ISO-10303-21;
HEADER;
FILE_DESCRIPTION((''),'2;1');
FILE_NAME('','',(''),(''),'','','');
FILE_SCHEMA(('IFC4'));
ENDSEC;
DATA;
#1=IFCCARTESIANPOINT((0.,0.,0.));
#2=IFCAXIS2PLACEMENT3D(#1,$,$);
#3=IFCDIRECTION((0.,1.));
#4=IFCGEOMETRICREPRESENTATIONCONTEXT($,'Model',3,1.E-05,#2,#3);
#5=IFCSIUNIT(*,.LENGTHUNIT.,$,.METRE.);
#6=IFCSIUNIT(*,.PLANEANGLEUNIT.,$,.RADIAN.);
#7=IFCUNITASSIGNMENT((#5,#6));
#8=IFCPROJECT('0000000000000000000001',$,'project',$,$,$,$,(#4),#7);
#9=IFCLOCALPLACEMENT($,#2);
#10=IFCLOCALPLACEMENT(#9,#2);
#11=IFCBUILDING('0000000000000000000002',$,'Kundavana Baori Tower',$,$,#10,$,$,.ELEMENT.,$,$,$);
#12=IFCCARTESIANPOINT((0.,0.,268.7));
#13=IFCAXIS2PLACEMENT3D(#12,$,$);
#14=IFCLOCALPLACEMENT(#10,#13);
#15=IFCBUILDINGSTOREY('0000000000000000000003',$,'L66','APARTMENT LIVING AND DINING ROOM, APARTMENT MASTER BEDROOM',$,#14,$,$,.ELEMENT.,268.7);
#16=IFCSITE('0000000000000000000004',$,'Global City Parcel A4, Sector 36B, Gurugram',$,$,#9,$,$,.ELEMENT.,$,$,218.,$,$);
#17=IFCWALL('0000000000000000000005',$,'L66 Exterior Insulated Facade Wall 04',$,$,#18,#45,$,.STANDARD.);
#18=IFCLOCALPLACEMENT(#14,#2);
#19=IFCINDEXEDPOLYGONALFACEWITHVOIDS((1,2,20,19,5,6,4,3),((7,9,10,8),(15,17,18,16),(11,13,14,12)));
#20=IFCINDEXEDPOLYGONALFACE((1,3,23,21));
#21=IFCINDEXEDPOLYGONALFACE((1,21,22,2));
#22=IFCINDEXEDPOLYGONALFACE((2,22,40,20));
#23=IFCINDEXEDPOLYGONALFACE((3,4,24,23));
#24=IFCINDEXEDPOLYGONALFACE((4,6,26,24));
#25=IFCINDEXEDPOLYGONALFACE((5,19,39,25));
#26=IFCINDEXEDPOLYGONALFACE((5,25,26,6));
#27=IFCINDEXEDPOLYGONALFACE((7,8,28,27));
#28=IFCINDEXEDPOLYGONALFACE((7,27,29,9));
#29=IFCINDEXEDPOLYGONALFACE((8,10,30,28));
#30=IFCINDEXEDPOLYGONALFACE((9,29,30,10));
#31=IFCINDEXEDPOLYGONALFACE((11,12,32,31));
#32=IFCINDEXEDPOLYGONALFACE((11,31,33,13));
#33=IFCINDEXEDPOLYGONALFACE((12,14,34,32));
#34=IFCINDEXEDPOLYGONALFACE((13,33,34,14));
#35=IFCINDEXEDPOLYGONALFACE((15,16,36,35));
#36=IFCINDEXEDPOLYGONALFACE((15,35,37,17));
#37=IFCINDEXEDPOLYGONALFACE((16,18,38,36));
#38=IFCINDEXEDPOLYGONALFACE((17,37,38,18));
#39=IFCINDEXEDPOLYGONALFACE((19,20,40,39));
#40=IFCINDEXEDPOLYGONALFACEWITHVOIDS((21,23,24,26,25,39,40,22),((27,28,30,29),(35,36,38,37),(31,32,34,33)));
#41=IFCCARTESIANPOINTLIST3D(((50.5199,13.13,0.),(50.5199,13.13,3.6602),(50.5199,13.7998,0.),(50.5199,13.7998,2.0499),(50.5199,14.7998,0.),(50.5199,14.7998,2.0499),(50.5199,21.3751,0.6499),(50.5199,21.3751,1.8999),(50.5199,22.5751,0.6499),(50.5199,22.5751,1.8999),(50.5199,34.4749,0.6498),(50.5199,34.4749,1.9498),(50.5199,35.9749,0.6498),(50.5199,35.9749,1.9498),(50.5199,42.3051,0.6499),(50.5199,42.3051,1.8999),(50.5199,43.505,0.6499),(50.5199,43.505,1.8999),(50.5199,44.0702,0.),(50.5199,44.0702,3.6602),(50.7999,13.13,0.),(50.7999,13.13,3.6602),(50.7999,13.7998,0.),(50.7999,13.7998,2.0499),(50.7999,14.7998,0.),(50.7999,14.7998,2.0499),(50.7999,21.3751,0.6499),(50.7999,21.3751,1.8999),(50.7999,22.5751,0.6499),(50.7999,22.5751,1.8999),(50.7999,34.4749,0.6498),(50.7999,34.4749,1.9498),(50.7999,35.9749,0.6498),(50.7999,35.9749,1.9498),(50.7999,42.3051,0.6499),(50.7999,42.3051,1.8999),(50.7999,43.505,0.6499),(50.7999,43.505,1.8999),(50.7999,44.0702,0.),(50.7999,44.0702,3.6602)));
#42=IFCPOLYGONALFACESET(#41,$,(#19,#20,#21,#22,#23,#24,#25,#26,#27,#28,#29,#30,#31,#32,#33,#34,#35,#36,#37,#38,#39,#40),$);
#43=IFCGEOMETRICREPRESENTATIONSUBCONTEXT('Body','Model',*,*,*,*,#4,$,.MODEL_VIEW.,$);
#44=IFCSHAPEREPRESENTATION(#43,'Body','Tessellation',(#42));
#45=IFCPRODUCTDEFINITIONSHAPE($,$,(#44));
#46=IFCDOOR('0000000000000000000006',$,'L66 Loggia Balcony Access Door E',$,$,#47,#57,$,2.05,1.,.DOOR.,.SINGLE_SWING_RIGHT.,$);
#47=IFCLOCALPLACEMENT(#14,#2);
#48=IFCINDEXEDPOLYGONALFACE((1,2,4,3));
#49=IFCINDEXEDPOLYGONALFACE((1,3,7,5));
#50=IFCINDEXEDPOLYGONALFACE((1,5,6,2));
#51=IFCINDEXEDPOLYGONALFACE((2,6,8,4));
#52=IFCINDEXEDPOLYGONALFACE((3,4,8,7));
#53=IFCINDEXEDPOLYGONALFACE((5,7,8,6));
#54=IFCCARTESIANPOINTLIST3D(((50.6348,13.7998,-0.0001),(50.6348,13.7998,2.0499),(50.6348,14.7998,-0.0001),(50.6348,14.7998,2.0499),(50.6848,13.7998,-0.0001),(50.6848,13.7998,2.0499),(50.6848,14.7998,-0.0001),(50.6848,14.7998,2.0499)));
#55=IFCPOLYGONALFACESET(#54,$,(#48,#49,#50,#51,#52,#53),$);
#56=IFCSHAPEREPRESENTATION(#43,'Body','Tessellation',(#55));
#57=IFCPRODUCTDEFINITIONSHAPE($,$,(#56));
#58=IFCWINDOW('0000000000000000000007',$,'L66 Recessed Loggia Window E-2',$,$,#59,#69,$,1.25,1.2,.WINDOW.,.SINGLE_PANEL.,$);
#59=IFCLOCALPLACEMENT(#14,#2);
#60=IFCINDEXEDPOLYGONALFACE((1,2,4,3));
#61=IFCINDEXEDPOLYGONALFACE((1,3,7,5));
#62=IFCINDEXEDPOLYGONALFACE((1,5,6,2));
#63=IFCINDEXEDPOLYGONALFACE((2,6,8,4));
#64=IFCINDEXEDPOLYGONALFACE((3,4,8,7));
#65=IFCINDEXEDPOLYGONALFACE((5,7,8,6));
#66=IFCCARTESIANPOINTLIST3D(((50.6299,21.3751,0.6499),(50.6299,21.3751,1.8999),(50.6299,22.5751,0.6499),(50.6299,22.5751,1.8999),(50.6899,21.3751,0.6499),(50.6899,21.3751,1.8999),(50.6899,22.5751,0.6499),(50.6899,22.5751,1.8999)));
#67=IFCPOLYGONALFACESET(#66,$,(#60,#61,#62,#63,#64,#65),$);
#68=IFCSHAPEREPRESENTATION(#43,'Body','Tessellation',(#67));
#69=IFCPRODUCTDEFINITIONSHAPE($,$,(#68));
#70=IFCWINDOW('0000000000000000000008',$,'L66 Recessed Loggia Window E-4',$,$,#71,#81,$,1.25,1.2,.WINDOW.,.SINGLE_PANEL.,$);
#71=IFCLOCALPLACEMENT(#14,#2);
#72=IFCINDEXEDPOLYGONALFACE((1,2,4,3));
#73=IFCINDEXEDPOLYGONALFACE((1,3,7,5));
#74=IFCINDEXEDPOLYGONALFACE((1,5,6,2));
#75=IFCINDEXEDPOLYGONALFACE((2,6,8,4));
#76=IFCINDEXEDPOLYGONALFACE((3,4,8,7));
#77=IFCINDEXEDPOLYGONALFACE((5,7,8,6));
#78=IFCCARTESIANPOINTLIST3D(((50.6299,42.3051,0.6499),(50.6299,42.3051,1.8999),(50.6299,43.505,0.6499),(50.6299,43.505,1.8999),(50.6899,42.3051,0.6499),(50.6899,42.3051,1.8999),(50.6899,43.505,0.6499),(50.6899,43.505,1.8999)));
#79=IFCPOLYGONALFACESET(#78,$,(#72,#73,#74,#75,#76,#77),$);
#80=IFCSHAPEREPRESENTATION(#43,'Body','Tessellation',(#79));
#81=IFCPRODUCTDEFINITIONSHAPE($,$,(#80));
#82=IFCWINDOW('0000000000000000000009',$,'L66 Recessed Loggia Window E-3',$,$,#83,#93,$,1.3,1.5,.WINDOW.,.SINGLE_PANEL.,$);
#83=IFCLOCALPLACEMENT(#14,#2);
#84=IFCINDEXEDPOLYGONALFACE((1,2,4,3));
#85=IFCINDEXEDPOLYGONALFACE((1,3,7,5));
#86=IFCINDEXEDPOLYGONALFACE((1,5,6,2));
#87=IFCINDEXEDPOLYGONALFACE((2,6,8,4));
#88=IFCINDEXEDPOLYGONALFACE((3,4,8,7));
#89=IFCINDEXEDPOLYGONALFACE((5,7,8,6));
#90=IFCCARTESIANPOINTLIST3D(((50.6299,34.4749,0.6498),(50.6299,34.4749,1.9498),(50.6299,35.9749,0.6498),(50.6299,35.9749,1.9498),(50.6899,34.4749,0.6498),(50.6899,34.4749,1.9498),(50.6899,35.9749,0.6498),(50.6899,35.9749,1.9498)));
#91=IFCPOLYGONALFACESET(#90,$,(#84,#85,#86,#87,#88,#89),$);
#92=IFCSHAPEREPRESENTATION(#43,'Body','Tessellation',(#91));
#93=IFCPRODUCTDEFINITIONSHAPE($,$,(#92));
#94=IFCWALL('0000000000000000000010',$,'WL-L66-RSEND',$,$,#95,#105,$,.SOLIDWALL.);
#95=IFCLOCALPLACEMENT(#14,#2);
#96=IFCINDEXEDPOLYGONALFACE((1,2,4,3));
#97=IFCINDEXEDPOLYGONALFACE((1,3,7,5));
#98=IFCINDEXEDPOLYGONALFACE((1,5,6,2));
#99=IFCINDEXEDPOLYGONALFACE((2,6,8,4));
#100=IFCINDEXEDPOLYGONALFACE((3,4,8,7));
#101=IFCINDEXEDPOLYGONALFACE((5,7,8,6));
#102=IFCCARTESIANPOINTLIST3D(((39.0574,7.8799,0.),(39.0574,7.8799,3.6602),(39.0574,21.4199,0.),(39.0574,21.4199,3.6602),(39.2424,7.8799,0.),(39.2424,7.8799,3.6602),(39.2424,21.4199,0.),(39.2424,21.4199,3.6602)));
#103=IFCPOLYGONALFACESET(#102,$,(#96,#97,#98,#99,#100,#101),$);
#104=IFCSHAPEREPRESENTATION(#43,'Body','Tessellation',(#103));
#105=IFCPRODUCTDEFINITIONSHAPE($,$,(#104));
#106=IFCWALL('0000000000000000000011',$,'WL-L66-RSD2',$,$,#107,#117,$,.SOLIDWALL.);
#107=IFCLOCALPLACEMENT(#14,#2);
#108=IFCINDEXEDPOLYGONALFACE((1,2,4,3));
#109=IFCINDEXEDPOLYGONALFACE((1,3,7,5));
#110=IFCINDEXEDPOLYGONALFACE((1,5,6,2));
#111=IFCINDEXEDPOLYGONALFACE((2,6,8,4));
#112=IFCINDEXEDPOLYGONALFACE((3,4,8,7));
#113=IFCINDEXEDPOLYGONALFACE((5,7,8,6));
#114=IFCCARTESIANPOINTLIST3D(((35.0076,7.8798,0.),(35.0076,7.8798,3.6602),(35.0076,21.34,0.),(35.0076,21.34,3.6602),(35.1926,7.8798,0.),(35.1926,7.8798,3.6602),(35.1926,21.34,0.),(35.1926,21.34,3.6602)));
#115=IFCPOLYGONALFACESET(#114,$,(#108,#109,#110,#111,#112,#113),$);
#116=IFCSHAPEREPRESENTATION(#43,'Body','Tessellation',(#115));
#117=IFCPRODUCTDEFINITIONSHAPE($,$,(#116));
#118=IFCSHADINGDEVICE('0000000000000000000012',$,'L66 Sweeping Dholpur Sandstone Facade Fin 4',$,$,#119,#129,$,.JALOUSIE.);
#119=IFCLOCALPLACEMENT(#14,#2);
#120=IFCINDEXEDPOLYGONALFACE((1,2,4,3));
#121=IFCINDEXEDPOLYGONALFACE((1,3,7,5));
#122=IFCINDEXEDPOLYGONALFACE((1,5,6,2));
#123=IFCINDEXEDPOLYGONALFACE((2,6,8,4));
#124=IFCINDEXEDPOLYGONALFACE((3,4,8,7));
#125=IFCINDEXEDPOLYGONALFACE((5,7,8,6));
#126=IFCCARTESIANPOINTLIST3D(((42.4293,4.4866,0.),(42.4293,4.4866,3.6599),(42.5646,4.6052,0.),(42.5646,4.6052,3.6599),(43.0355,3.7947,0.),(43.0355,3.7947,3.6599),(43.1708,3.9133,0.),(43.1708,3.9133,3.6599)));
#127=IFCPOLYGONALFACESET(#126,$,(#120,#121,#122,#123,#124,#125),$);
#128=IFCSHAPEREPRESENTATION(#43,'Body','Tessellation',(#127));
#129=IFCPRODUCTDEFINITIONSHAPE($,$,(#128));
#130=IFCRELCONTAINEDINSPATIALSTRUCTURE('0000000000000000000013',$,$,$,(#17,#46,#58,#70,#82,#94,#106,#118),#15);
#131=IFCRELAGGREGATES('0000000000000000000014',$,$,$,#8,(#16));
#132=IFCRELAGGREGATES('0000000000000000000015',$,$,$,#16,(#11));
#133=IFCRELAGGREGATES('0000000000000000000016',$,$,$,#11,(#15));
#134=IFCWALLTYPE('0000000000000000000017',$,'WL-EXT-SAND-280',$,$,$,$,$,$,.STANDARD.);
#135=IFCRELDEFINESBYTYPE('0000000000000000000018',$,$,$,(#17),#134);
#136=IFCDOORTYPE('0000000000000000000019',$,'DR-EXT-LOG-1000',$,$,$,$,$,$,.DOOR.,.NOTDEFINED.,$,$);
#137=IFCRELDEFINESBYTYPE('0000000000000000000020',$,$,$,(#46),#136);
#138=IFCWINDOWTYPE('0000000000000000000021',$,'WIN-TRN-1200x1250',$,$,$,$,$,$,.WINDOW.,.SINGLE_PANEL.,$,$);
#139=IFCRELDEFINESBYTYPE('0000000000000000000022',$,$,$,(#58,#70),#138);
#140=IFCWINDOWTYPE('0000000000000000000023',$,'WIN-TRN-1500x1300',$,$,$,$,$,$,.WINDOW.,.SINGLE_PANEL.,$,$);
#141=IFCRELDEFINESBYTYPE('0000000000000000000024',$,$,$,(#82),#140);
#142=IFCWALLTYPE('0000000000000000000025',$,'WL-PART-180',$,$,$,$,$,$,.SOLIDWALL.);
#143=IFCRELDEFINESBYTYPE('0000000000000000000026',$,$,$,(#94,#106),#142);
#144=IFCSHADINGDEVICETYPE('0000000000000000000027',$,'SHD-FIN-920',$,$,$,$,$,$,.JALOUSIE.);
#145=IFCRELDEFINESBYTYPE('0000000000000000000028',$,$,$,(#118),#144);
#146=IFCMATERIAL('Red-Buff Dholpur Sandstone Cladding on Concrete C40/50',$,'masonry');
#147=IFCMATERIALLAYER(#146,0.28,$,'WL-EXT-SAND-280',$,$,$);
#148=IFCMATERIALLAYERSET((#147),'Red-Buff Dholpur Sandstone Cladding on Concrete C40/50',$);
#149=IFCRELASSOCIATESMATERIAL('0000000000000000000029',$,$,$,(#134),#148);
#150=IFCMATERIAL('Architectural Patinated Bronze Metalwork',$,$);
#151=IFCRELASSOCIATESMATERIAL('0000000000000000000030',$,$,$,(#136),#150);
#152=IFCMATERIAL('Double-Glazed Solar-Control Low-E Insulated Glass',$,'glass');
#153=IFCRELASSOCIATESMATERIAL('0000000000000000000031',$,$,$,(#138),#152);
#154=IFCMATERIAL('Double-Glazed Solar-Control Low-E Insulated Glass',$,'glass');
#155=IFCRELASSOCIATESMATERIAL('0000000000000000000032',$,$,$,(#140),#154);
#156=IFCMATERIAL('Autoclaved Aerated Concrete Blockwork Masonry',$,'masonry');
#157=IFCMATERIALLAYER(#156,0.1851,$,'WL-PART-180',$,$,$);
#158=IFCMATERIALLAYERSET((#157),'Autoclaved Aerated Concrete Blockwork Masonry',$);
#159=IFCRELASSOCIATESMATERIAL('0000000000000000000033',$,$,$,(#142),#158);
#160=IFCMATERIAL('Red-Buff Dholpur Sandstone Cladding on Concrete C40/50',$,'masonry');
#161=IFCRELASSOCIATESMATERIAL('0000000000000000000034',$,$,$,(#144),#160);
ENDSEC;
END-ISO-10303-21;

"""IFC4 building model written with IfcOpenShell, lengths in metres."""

from ifc_helpers import new_model, si_unit, direction, frame, frame_2d, origin, origin_2d, place, context, subcontext, project, spatial, rectangle, extrude, material, layer, layer_set, type_object, element, fill, save


model = new_model("IFC4")

# Units and contexts
model_context = context("Model", 3, precision=1e-05, world=origin(), true_north=direction((0.0, 1.0)))
body_context = subcontext(model_context, "Body", "Model", "MODEL_VIEW")
ifc_project = project(units=[si_unit("LENGTHUNIT", "METRE"), si_unit("PLANEANGLEUNIT", "RADIAN")], contexts=[model_context])

# Site, building, storey
site_placement = place(None, origin())
site = spatial("IfcSite", under=ifc_project, at=site_placement, Name="Global City Parcel A4, Sector 36B, Gurugram", CompositionType="ELEMENT", RefElevation=218.0)
building_placement = place(site_placement, origin())
building = spatial("IfcBuilding", under=site, at=building_placement, Name="Kundavana Baori Tower", CompositionType="ELEMENT")
storey_placement = place(building_placement, frame((0.0, 0.0, 268.7)))
storey = spatial("IfcBuildingStorey", under=building, at=storey_placement, Name="L66", Description="APARTMENT LIVING AND DINING ROOM, APARTMENT MASTER BEDROOM", CompositionType="ELEMENT", Elevation=268.7)

# Shared definitions
ifc_material_1 = material(Name="Red-Buff Dholpur Sandstone Cladding on Concrete C40/50", Category="masonry")
ifc_layer_1 = layer(ifc_material_1, 0.28, Name="WL-EXT-SAND-280")
ifc_layer_set_1 = layer_set([ifc_layer_1], Name="Red-Buff Dholpur Sandstone Cladding on Concrete C40/50")
wall_type_1 = type_object("IfcWallType", Name="WL-EXT-SAND-280", PredefinedType="STANDARD", material=ifc_layer_set_1)

# Wall, openings, door, windows
wall_1_placement = place(storey_placement, frame((50.6599, 13.1299, 0.0), z_axis=(0.0, 0.0, 1.0), x_axis=(0.0, 1.0, 0.0)))
wall_1 = element("IfcWall", 1, at=wall_1_placement, inside=storey, type_object=wall_type_1, Name="L66 Exterior Insulated Facade Wall 04", PredefinedType="STANDARD", context=body_context, shape_type="SweptSolid", body=[
    extrude(rectangle(XDim=30.9402, YDim=0.28, at=frame_2d((15.4702, 0.0))), origin(), (0.0, 0.0, 1.0), 3.6602),
])
opening_1_placement = place(wall_1_placement, frame((0.6699, 0.0, 0.0)))
opening_1 = element("IfcOpeningElement", 2, at=opening_1_placement, cuts=wall_1, PredefinedType="OPENING", context=body_context, shape_type="SweptSolid", body=[
    extrude(rectangle(XDim=1.0, YDim=2.05, at=frame_2d((0.5, 1.0249))), frame((0.0, 0.1499, 0.0), z_axis=(0.0, -1.0, 0.0), x_axis=(1.0, 0.0, 0.0)), (0.0, 0.0, 1.0), 0.3),
])
opening_2_placement = place(wall_1_placement, frame((8.2451, 0.0, 0.6499)))
opening_2 = element("IfcOpeningElement", 3, at=opening_2_placement, cuts=wall_1, PredefinedType="OPENING", context=body_context, shape_type="SweptSolid", body=[
    extrude(rectangle(XDim=1.2, YDim=1.25, at=frame_2d((0.6001, 0.625))), frame((0.0, 0.1499, 0.0), z_axis=(0.0, -1.0, 0.0), x_axis=(1.0, 0.0, 0.0)), (0.0, 0.0, 1.0), 0.3),
])
opening_3_placement = place(wall_1_placement, frame((21.345, 0.0, 0.6499)))
opening_3 = element("IfcOpeningElement", 4, at=opening_3_placement, cuts=wall_1, PredefinedType="OPENING", context=body_context, shape_type="SweptSolid", body=[
    extrude(rectangle(XDim=1.5, YDim=1.3, at=frame_2d((0.75, 0.6499))), frame((0.0, 0.1499, 0.0), z_axis=(0.0, -1.0, 0.0), x_axis=(1.0, 0.0, 0.0)), (0.0, 0.0, 1.0), 0.3),
])
opening_4_placement = place(wall_1_placement, frame((29.175, 0.0, 0.6499)))
opening_4 = element("IfcOpeningElement", 5, at=opening_4_placement, cuts=wall_1, PredefinedType="OPENING", context=body_context, shape_type="SweptSolid", body=[
    extrude(rectangle(XDim=1.2, YDim=1.25, at=frame_2d((0.6001, 0.625))), frame((0.0, 0.1499, 0.0), z_axis=(0.0, -1.0, 0.0), x_axis=(1.0, 0.0, 0.0)), (0.0, 0.0, 1.0), 0.3),
])
ifc_material_2 = material(Name="Architectural Patinated Bronze Metalwork")
door_type = type_object("IfcDoorType", Name="DR-EXT-LOG-1000", OperationType="NOTDEFINED", PredefinedType="DOOR", material=ifc_material_2)
door_placement = place(opening_1_placement, frame((1.0, 0.0, 0.0), z_axis=(0.0, 0.0, 1.0), x_axis=(-1.0, 0.0, 0.0)))
door = element("IfcDoor", 6, at=door_placement, inside=storey, type_object=door_type, Name="L66 Loggia Balcony Access Door E", OperationType="SINGLE_SWING_RIGHT", OverallHeight=2.05, OverallWidth=1.0, PredefinedType="DOOR", context=body_context, shape_type="SweptSolid", body=[
    extrude(rectangle(XDim=1.0, YDim=2.05, at=frame_2d((0.5, 1.0249))), frame((0.0, 0.0249, 0.0), z_axis=(0.0, -1.0, 0.0), x_axis=(1.0, 0.0, 0.0)), (0.0, 0.0, 1.0), 0.05),
])
fill(opening_1, door)
ifc_material_3 = material(Name="Double-Glazed Solar-Control Low-E Insulated Glass", Category="glass")
window_type_1 = type_object("IfcWindowType", Name="WIN-TRN-1200x1250", PartitioningType="SINGLE_PANEL", PredefinedType="WINDOW", material=ifc_material_3)
window_1_placement = place(opening_2_placement, origin())
window_1 = element("IfcWindow", 7, at=window_1_placement, inside=storey, type_object=window_type_1, Name="L66 Recessed Loggia Window E-2", OverallHeight=1.25, OverallWidth=1.2, PartitioningType="SINGLE_PANEL", PredefinedType="WINDOW", context=body_context, shape_type="SweptSolid", body=[
    extrude(rectangle(XDim=1.2, YDim=1.25, at=frame_2d((0.6001, 0.625))), frame((0.0, 0.03, 0.0), z_axis=(0.0, -1.0, 0.0), x_axis=(1.0, 0.0, 0.0)), (0.0, 0.0, 1.0), 0.0601),
])
fill(opening_2, window_1)
window_2_placement = place(opening_4_placement, origin())
window_2 = element("IfcWindow", 8, at=window_2_placement, inside=storey, type_object=window_type_1, Name="L66 Recessed Loggia Window E-4", OverallHeight=1.25, OverallWidth=1.2, PartitioningType="SINGLE_PANEL", PredefinedType="WINDOW", context=body_context, shape_type="SweptSolid", body=[
    extrude(rectangle(XDim=1.2, YDim=1.25, at=frame_2d((0.6001, 0.625))), frame((0.0, 0.03, 0.0), z_axis=(0.0, -1.0, 0.0), x_axis=(1.0, 0.0, 0.0)), (0.0, 0.0, 1.0), 0.0601),
])
fill(opening_4, window_2)
ifc_material_4 = material(Name="Double-Glazed Solar-Control Low-E Insulated Glass", Category="glass")
window_type_2 = type_object("IfcWindowType", Name="WIN-TRN-1500x1300", PartitioningType="SINGLE_PANEL", PredefinedType="WINDOW", material=ifc_material_4)
window_3_placement = place(opening_3_placement, origin())
window_3 = element("IfcWindow", 9, at=window_3_placement, inside=storey, type_object=window_type_2, Name="L66 Recessed Loggia Window E-3", OverallHeight=1.3, OverallWidth=1.5, PartitioningType="SINGLE_PANEL", PredefinedType="WINDOW", context=body_context, shape_type="SweptSolid", body=[
    extrude(rectangle(XDim=1.5, YDim=1.3, at=frame_2d((0.75, 0.6499))), frame((0.0, 0.03, 0.0), z_axis=(0.0, -1.0, 0.0), x_axis=(1.0, 0.0, 0.0)), (0.0, 0.0, 1.0), 0.0601),
])
fill(opening_3, window_3)

# Walls
ifc_material_5 = material(Name="Autoclaved Aerated Concrete Blockwork Masonry", Category="masonry")
ifc_layer_2 = layer(ifc_material_5, 0.1851, Name="WL-PART-180")
ifc_layer_set_2 = layer_set([ifc_layer_2], Name="Autoclaved Aerated Concrete Blockwork Masonry")
wall_type_2 = type_object("IfcWallType", Name="WL-PART-180", PredefinedType="SOLIDWALL", material=ifc_layer_set_2)
wall_2_placement = place(storey_placement, frame((39.1499, 7.8799, 0.0), z_axis=(0.0, 0.0, 1.0), x_axis=(0.0, 1.0, 0.0)))
element("IfcWall", 10, at=wall_2_placement, inside=storey, type_object=wall_type_2, Name="WL-L66-RSEND", PredefinedType="SOLIDWALL", context=body_context, shape_type="SweptSolid", body=[
    extrude(rectangle(XDim=13.54, YDim=0.1851, at=frame_2d((6.77, 0.0))), origin(), (0.0, 0.0, 1.0), 3.6602),
])
wall_3_placement = place(storey_placement, frame((35.1001, 7.8799, 0.0), z_axis=(0.0, 0.0, 1.0), x_axis=(0.0, 1.0, 0.0)))
element("IfcWall", 11, at=wall_3_placement, inside=storey, type_object=wall_type_2, Name="WL-L66-RSD2", PredefinedType="SOLIDWALL", context=body_context, shape_type="SweptSolid", body=[
    extrude(rectangle(XDim=13.4602, YDim=0.1851, at=frame_2d((6.73, 0.0))), origin(), (0.0, 0.0, 1.0), 3.6602),
])

# Shading device
ifc_material_6 = material(Name="Red-Buff Dholpur Sandstone Cladding on Concrete C40/50", Category="masonry")
shading_device_type = type_object("IfcShadingDeviceType", Name="SHD-FIN-920", PredefinedType="JALOUSIE", material=ifc_material_6)
shading_device_placement = place(storey_placement, frame((42.8, 4.2, 0.0), z_axis=(0.0, 0.0, 1.0), x_axis=(0.752185, 0.658952, 0.0)))
element("IfcShadingDevice", 12, at=shading_device_placement, inside=storey, type_object=shading_device_type, Name="L66 Sweeping Dholpur Sandstone Facade Fin 4", PredefinedType="JALOUSIE", context=body_context, shape_type="SweptSolid", body=[
    extrude(rectangle(XDim=0.1799, YDim=0.9199, at=origin_2d()), origin(), (0.0, 0.0, 1.0), 3.6599),
])

save(model, "model.ifc")
